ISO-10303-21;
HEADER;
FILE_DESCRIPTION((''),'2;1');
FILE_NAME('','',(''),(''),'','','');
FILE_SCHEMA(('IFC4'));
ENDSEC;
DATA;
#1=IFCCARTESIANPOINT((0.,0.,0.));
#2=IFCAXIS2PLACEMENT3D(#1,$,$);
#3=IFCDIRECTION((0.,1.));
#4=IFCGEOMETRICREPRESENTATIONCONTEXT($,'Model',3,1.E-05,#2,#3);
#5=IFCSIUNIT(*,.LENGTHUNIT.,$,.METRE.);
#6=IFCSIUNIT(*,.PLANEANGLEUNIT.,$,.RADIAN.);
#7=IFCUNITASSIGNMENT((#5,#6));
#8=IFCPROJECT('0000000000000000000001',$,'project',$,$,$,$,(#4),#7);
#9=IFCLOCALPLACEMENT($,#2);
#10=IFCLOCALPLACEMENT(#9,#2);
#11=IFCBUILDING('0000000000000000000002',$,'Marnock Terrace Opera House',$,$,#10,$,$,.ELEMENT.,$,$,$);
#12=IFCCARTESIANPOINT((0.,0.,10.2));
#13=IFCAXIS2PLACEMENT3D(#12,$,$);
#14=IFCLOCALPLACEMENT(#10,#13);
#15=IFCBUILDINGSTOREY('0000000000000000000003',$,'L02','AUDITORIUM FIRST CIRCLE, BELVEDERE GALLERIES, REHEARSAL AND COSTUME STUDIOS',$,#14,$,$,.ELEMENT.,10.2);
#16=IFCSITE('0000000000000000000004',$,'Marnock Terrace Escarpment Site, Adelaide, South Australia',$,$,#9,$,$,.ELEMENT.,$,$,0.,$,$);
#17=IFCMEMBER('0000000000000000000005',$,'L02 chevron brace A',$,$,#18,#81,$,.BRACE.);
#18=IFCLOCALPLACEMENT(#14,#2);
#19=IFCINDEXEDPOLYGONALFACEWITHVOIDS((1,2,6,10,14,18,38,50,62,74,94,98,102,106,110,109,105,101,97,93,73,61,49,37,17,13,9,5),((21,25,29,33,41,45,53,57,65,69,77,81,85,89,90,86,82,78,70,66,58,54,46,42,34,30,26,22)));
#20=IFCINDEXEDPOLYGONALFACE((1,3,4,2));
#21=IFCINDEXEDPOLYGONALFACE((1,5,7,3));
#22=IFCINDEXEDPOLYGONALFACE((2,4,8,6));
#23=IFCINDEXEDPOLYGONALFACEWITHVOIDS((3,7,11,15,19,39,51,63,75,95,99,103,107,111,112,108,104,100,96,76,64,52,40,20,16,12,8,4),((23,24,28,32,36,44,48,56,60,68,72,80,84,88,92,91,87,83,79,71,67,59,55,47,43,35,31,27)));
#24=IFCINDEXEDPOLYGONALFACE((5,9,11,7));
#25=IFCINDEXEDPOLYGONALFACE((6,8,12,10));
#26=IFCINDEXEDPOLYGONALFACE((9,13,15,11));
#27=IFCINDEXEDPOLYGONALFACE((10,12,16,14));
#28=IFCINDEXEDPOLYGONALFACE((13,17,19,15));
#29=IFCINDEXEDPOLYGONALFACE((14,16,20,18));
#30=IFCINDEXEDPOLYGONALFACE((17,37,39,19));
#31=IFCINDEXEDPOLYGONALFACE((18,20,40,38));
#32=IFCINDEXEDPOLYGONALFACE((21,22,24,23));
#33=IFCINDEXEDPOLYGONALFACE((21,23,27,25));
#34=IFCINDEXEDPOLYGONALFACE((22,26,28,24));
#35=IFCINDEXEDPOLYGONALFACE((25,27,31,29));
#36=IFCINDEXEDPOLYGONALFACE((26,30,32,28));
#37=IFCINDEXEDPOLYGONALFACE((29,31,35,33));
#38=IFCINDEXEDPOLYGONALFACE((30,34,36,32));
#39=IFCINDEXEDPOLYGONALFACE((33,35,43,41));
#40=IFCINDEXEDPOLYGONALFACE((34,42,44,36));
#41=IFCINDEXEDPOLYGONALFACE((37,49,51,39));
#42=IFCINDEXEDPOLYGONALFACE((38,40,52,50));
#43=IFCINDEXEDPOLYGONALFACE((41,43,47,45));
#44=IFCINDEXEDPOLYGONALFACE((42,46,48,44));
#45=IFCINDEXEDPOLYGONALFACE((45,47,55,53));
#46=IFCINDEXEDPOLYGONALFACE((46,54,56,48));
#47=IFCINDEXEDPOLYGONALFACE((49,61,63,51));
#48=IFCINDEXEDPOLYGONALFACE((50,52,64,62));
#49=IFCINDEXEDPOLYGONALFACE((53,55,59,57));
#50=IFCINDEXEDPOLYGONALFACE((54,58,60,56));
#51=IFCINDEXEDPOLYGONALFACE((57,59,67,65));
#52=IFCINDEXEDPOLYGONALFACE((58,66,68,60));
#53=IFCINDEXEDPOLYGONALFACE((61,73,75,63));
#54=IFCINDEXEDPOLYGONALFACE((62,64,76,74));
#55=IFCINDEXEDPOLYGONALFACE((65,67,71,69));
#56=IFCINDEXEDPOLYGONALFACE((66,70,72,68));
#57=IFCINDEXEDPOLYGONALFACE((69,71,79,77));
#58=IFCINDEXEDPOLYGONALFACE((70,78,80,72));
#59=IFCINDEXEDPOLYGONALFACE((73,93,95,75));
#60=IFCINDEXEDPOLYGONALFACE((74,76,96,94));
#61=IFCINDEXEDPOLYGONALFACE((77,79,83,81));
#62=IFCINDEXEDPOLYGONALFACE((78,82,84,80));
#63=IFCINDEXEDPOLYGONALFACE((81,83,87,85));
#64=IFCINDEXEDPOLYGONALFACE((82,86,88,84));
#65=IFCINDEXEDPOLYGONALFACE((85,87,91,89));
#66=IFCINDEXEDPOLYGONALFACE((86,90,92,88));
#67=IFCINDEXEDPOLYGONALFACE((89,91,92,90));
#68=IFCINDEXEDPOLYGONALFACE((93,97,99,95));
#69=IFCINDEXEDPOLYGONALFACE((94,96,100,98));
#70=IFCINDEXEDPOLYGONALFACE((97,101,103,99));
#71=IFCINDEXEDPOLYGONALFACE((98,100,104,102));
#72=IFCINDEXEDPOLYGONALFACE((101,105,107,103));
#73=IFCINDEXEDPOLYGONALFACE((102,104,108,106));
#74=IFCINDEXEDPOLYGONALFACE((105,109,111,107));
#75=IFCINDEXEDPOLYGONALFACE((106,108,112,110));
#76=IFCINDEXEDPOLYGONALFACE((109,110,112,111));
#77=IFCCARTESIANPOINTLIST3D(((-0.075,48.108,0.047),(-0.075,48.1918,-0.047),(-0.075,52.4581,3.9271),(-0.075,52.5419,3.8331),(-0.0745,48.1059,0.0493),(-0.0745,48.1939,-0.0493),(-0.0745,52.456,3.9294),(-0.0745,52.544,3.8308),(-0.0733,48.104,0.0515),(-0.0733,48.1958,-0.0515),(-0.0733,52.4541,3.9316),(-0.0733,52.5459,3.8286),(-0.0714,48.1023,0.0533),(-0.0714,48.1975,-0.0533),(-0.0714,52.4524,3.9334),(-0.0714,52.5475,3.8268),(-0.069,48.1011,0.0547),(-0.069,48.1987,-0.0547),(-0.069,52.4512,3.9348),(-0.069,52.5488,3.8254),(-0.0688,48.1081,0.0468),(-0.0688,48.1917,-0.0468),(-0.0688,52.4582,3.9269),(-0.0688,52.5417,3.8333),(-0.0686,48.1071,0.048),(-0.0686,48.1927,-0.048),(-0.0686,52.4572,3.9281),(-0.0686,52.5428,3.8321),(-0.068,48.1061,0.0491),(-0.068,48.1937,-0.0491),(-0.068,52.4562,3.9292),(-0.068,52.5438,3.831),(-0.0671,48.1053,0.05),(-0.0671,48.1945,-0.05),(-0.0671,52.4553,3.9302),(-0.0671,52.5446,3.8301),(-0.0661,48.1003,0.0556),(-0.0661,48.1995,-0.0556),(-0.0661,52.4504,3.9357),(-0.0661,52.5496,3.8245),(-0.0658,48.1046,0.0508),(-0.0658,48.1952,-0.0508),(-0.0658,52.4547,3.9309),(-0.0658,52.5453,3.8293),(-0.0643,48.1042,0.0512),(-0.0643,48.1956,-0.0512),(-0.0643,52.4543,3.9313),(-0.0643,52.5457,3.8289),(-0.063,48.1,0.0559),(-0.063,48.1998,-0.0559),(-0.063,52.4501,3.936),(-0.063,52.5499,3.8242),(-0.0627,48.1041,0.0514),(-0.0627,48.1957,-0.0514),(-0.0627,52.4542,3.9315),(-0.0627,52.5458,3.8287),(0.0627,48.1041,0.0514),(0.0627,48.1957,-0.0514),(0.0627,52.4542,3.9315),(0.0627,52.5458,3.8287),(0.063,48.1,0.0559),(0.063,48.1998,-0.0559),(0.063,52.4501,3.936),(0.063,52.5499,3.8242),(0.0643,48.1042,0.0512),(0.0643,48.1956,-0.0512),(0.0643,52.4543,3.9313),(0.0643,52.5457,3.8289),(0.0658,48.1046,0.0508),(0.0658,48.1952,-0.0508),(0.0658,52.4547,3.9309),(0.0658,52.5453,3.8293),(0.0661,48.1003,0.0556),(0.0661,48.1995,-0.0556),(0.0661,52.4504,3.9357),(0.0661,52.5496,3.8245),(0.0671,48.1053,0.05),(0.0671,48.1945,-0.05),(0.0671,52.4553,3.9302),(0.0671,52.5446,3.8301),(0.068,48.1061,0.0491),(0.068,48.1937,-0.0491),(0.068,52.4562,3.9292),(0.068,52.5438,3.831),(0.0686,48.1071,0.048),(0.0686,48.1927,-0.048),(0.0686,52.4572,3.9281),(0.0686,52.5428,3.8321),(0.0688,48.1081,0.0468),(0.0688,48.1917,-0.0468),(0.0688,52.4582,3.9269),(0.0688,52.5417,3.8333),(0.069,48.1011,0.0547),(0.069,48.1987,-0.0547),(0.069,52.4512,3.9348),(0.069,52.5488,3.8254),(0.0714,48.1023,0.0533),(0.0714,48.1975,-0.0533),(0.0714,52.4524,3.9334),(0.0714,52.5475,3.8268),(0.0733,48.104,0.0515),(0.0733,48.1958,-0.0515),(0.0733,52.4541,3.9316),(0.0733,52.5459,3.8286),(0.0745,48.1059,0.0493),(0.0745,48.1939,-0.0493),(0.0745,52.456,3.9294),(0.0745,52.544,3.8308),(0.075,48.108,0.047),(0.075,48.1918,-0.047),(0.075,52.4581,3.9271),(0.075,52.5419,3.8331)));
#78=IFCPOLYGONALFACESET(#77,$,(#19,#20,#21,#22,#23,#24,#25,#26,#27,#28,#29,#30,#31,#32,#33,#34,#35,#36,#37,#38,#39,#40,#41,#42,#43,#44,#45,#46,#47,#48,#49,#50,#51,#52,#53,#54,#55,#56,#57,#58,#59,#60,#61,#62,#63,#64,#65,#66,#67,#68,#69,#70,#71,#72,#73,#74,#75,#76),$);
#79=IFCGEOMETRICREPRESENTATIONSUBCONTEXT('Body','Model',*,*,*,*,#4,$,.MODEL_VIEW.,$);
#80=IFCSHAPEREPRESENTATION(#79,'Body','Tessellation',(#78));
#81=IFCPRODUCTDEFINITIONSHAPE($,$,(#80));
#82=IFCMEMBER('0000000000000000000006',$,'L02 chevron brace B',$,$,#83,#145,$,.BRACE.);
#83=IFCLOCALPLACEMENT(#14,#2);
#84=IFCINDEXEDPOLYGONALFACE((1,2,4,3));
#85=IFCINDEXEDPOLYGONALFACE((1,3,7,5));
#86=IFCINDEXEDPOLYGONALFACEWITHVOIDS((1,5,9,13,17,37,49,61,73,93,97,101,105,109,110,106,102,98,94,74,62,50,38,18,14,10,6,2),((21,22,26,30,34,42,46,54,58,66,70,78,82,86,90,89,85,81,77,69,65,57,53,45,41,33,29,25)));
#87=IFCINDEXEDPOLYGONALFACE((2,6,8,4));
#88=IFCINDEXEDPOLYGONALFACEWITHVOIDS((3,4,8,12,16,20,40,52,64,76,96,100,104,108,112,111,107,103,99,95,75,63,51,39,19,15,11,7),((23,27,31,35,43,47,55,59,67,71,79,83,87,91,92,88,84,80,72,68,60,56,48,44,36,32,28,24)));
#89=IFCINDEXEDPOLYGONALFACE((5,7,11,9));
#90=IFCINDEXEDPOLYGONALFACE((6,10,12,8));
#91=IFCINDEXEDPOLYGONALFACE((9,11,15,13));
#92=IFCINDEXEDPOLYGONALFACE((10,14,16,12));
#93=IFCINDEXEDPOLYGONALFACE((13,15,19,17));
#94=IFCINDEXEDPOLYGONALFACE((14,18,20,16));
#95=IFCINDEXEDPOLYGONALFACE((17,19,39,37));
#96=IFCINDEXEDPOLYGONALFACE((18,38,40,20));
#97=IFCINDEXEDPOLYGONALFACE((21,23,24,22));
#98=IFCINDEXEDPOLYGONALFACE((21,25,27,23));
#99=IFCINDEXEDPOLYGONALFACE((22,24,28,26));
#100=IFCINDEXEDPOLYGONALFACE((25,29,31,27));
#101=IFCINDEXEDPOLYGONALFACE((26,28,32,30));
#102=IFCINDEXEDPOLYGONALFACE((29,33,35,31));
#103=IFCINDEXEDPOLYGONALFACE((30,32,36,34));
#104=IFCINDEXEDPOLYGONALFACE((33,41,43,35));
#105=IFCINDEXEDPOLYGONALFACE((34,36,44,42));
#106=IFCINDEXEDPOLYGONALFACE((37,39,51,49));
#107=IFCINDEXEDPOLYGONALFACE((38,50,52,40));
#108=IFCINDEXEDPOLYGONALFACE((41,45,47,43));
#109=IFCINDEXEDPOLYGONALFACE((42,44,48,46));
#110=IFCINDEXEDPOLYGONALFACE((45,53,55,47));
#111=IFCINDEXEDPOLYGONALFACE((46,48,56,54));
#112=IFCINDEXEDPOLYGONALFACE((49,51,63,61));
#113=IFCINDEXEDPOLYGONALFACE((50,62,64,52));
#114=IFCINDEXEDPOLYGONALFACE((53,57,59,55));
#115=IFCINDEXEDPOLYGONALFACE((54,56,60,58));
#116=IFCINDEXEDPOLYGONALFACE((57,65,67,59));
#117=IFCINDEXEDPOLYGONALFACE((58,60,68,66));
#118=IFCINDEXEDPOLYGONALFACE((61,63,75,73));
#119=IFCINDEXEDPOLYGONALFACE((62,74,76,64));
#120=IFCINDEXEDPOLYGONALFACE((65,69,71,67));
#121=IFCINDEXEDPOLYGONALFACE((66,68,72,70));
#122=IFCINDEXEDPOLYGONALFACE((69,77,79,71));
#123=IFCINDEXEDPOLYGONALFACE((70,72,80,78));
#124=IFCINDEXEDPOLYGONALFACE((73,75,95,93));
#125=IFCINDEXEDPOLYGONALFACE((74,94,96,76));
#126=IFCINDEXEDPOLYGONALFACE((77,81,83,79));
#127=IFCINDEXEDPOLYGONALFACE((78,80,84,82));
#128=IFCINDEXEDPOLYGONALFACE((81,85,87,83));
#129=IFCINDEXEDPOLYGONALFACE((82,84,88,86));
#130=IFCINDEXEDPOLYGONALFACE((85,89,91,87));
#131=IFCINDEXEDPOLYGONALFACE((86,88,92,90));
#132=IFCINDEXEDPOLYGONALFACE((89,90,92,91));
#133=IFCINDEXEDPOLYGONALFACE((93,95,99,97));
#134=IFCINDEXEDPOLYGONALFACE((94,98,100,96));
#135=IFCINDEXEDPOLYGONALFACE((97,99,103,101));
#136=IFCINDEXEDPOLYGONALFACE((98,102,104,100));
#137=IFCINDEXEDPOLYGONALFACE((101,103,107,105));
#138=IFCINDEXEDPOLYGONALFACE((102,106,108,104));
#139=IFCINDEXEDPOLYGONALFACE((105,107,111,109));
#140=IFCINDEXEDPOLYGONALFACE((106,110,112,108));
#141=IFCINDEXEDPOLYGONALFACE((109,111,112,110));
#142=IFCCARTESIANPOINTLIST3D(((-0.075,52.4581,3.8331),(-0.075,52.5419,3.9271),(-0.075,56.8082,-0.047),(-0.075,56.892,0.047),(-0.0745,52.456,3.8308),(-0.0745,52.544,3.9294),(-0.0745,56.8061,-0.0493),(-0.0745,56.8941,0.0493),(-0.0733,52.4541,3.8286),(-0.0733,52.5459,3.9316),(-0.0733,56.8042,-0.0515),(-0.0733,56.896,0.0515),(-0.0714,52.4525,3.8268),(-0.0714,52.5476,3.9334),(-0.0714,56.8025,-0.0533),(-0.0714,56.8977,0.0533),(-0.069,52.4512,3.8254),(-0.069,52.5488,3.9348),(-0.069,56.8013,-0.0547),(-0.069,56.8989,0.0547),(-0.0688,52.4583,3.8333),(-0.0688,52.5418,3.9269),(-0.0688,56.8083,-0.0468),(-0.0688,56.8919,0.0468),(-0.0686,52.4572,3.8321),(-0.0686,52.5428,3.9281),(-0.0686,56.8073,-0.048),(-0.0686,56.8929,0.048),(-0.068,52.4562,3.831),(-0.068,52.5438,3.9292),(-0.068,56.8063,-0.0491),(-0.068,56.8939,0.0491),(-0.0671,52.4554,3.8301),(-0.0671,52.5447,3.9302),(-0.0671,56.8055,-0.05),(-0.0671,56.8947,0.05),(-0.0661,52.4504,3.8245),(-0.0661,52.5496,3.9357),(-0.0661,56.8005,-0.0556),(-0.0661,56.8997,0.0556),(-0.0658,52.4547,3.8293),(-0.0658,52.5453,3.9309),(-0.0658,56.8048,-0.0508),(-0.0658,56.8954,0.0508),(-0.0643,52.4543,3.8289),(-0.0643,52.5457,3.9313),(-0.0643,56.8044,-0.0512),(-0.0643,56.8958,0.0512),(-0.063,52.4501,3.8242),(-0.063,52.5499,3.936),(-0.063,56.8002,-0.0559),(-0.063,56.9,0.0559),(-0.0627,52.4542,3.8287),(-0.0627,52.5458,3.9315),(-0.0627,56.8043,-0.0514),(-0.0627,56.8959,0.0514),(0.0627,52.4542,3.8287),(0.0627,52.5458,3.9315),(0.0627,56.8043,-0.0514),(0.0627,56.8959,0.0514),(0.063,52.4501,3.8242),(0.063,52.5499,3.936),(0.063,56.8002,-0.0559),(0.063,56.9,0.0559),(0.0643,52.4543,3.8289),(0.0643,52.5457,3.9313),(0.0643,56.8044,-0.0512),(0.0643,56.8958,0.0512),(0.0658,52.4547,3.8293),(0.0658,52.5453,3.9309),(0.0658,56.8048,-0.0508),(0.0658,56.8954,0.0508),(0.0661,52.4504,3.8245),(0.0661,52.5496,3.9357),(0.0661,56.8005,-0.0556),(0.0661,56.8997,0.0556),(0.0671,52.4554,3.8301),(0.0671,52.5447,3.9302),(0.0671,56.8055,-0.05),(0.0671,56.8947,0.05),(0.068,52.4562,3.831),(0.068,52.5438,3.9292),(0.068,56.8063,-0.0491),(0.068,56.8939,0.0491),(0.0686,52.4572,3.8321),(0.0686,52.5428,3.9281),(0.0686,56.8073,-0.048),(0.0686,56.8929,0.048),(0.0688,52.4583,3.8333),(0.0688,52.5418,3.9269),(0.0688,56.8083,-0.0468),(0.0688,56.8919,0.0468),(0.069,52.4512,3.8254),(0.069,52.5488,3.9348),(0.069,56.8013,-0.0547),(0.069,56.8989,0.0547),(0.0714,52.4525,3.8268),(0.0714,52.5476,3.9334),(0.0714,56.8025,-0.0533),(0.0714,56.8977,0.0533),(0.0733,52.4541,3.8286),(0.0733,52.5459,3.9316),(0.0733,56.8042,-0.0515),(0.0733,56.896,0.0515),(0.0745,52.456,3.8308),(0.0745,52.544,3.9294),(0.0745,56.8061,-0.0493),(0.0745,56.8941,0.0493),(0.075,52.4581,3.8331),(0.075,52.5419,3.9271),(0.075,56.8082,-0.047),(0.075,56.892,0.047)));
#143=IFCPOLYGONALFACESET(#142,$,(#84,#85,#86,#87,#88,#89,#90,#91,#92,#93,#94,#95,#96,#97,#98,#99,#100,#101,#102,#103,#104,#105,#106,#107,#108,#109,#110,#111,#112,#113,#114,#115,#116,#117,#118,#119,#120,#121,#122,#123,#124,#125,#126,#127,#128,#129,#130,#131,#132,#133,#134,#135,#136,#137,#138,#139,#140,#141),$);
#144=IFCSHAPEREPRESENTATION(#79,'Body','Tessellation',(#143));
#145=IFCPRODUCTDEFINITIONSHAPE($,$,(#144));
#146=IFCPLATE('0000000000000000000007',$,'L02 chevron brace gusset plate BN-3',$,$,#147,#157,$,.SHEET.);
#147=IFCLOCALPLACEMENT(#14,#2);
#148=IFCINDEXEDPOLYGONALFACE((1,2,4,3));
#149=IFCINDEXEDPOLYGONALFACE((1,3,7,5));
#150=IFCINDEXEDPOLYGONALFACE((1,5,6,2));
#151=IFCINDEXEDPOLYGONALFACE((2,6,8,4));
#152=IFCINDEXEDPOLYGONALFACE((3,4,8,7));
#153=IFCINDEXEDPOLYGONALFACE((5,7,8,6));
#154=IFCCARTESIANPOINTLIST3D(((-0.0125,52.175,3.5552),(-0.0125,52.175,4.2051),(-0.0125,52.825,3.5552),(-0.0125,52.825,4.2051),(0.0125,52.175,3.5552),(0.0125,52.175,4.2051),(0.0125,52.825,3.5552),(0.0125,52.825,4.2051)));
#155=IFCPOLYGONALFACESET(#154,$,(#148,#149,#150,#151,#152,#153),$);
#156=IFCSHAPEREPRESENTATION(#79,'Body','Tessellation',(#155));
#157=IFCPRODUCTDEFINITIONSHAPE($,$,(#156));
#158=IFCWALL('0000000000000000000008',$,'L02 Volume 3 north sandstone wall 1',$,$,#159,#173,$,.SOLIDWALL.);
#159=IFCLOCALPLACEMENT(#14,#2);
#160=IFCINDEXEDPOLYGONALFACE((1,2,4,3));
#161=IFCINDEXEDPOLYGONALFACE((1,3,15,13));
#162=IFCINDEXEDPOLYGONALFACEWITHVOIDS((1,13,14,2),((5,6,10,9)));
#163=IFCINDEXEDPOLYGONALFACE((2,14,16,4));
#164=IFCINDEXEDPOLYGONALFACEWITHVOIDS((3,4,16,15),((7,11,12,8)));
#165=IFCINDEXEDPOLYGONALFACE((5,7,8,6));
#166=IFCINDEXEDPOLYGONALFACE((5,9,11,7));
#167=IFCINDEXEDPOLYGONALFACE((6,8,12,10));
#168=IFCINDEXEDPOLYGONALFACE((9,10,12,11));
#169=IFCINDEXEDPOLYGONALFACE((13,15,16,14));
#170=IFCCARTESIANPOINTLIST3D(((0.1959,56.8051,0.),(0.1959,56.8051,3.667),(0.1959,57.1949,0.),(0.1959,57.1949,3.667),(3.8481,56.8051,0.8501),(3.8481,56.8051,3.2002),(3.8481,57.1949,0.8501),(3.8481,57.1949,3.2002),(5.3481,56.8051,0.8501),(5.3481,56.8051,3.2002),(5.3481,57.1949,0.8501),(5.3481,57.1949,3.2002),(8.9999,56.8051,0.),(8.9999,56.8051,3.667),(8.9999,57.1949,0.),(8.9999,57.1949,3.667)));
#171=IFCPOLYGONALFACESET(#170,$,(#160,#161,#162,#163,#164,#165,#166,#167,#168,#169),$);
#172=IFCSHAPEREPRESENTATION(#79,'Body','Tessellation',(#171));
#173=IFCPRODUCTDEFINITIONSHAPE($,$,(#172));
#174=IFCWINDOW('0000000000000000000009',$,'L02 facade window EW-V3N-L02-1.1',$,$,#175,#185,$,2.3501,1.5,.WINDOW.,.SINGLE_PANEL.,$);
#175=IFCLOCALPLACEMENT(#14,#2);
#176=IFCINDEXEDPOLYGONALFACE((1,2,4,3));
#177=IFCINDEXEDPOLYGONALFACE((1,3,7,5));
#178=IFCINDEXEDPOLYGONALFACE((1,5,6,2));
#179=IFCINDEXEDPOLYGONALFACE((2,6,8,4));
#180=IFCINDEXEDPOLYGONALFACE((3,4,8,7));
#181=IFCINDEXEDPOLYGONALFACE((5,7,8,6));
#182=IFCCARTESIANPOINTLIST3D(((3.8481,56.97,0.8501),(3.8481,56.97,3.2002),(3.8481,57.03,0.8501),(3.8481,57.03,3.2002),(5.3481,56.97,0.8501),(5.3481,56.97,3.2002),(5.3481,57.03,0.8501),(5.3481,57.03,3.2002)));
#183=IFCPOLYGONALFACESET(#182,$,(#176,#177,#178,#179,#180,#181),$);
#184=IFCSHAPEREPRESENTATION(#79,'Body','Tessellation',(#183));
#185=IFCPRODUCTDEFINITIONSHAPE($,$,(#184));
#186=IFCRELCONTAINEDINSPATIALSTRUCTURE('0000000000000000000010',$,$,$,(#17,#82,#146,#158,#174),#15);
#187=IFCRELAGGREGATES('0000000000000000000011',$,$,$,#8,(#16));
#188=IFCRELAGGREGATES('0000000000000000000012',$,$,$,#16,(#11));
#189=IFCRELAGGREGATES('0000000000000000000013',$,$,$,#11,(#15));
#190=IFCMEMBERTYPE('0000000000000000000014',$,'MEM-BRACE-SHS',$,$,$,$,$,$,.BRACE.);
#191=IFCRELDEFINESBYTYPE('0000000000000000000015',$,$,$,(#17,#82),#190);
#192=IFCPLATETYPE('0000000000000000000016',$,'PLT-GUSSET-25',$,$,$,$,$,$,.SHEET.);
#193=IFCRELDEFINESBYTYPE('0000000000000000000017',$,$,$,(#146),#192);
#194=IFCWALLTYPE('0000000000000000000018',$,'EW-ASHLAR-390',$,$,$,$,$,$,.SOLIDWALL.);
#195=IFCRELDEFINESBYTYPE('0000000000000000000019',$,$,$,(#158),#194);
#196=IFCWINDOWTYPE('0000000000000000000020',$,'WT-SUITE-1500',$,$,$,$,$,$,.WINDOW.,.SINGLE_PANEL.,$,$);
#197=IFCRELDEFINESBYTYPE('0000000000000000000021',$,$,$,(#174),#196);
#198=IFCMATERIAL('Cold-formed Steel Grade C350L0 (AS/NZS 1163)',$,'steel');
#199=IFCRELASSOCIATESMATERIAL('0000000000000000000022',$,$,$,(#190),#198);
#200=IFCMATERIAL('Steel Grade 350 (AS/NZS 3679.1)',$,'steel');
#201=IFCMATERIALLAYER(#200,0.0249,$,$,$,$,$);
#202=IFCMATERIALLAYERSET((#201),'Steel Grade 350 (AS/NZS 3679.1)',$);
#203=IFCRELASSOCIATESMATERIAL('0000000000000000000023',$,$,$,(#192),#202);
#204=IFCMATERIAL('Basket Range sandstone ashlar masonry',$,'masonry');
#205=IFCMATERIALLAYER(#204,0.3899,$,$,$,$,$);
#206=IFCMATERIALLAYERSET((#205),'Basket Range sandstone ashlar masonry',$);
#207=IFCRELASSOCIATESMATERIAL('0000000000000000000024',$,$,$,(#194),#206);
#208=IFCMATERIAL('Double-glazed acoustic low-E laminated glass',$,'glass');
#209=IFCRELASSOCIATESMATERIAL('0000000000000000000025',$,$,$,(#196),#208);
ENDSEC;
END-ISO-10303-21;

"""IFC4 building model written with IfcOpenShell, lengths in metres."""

from ifc_helpers import new_model, si_unit, direction, frame, frame_2d, origin, origin_2d, place, context, subcontext, project, spatial, rectangle, hollow_rectangle, extrude, material, layer, layer_set, material_profile, profile_set, type_object, element, fill, save


model = new_model("IFC4")

# Units and contexts
model_context = context("Model", 3, precision=1e-05, world=origin(), true_north=direction((0.0, 1.0)))
body_context = subcontext(model_context, "Body", "Model", "MODEL_VIEW")
ifc_project = project(units=[si_unit("LENGTHUNIT", "METRE"), si_unit("PLANEANGLEUNIT", "RADIAN")], contexts=[model_context])

# Site, building, storey
site_placement = place(None, origin())
site = spatial("IfcSite", under=ifc_project, at=site_placement, Name="Marnock Terrace Escarpment Site, Adelaide, South Australia", CompositionType="ELEMENT", RefElevation=0.0)
building_placement = place(site_placement, origin())
building = spatial("IfcBuilding", under=site, at=building_placement, Name="Marnock Terrace Opera House", CompositionType="ELEMENT")
storey_placement = place(building_placement, frame((0.0, 0.0, 10.2)))
storey = spatial("IfcBuildingStorey", under=building, at=storey_placement, Name="L02", Description="AUDITORIUM FIRST CIRCLE, BELVEDERE GALLERIES, REHEARSAL AND COSTUME STUDIOS", CompositionType="ELEMENT", Elevation=10.2)

# Shared definitions
ifc_material_1 = material(Name="Steel Grade 350 (AS/NZS 3679.1)", Category="steel")

# Members
ifc_material_2 = material(Name="Cold-formed Steel Grade C350L0 (AS/NZS 1163)", Category="steel")
ifc_material_profile_1 = material_profile(ifc_material_2, hollow_rectangle(XDim=0.1499, YDim=0.1499, WallThickness=0.0061, InnerFilletRadius=0.0061, OuterFilletRadius=0.012, at=origin_2d()))
ifc_profile_set_1 = profile_set([ifc_material_profile_1], Name="Cold-formed Steel Grade C350L0 (AS/NZS 1163)")
member_type = type_object("IfcMemberType", Name="MEM-BRACE-SHS", PredefinedType="BRACE", material=ifc_profile_set_1)
for number, where, z_axis, x_axis, name in (
    (1, (0.0, 48.1499, 0.0), (0.0, 0.746269, 0.665644), (-1.0, 0.0, 0.0), "L02 chevron brace A"),
    (2, (0.0, 56.8501, 0.0), (0.0, -0.746269, 0.665644), (1.0, 0.0, 0.0), "L02 chevron brace B"),
):
    element("IfcMember", number, at=place(storey_placement, frame(where, z_axis=z_axis, x_axis=x_axis)), inside=storey, type_object=member_type, Name=name, PredefinedType="BRACE", context=body_context, shape_type="SweptSolid", body=[
        extrude(hollow_rectangle(XDim=0.1499, YDim=0.1499, WallThickness=0.0061, InnerFilletRadius=0.0061, OuterFilletRadius=0.012, at=origin_2d()), origin(), (0.0, 0.0, 1.0), 5.8291),
    ])

# Plate
ifc_layer_1 = layer(ifc_material_1, 0.0249)
ifc_layer_set_1 = layer_set([ifc_layer_1], Name="Steel Grade 350 (AS/NZS 3679.1)")
plate_type = type_object("IfcPlateType", Name="PLT-GUSSET-25", PredefinedType="SHEET", material=ifc_layer_set_1)
plate_placement = place(storey_placement, frame((0.0, 52.5, 3.5552), z_axis=(0.0, 0.0, 1.0), x_axis=(0.0, 1.0, 0.0)))
element("IfcPlate", 3, at=plate_placement, inside=storey, type_object=plate_type, Name="L02 chevron brace gusset plate BN-3", PredefinedType="SHEET", context=body_context, shape_type="SweptSolid", body=[
    extrude(rectangle(XDim=0.6499, YDim=0.0249, at=origin_2d()), origin(), (0.0, 0.0, 1.0), 0.6499),
])

# Wall, opening, window
ifc_material_3 = material(Name="Basket Range sandstone ashlar masonry", Category="masonry")
ifc_layer_2 = layer(ifc_material_3, 0.3899)
ifc_layer_set_2 = layer_set([ifc_layer_2], Name="Basket Range sandstone ashlar masonry")
wall_type = type_object("IfcWallType", Name="EW-ASHLAR-390", PredefinedType="SOLIDWALL", material=ifc_layer_set_2)
wall_1_placement = place(storey_placement, frame((0.196, 57.0, 0.0), z_axis=(0.0, 0.0, 1.0), x_axis=(1.0, 0.0, 0.0)))
wall_1 = element("IfcWall", 4, at=wall_1_placement, inside=storey, type_object=wall_type, Name="L02 Volume 3 north sandstone wall 1", PredefinedType="SOLIDWALL", context=body_context, shape_type="SweptSolid", body=[
    extrude(rectangle(XDim=8.804, YDim=0.3899, at=frame_2d((4.4019, 0.0))), origin(), (0.0, 0.0, 1.0), 3.667),
])
opening_1_placement = place(wall_1_placement, frame((3.6521, 0.0, 0.8501)))
opening_1 = element("IfcOpeningElement", 5, at=opening_1_placement, cuts=wall_1, PredefinedType="OPENING", context=body_context, shape_type="SweptSolid", body=[
    extrude(rectangle(XDim=1.5, YDim=2.3501, at=frame_2d((0.75, 1.175))), frame((0.0, 0.2048, 0.0), z_axis=(0.0, -1.0, 0.0), x_axis=(1.0, 0.0, 0.0)), (0.0, 0.0, 1.0), 0.4099),
])
ifc_material_4 = material(Name="Double-glazed acoustic low-E laminated glass", Category="glass")
window_type = type_object("IfcWindowType", Name="WT-SUITE-1500", PartitioningType="SINGLE_PANEL", PredefinedType="WINDOW", material=ifc_material_4)
window_1_placement = place(opening_1_placement, origin())
window_1 = element("IfcWindow", 6, at=window_1_placement, inside=storey, type_object=window_type, Name="L02 facade window EW-V3N-L02-1.1", OverallHeight=2.3501, OverallWidth=1.5, PartitioningType="SINGLE_PANEL", PredefinedType="WINDOW", context=body_context, shape_type="SweptSolid", body=[
    extrude(rectangle(XDim=1.5, YDim=2.3501, at=frame_2d((0.75, 1.175))), frame((0.0, 0.03, 0.0), z_axis=(0.0, -1.0, 0.0), x_axis=(1.0, 0.0, 0.0)), (0.0, 0.0, 1.0), 0.0601),
])
fill(opening_1, window_1)

save(model, "model.ifc")
